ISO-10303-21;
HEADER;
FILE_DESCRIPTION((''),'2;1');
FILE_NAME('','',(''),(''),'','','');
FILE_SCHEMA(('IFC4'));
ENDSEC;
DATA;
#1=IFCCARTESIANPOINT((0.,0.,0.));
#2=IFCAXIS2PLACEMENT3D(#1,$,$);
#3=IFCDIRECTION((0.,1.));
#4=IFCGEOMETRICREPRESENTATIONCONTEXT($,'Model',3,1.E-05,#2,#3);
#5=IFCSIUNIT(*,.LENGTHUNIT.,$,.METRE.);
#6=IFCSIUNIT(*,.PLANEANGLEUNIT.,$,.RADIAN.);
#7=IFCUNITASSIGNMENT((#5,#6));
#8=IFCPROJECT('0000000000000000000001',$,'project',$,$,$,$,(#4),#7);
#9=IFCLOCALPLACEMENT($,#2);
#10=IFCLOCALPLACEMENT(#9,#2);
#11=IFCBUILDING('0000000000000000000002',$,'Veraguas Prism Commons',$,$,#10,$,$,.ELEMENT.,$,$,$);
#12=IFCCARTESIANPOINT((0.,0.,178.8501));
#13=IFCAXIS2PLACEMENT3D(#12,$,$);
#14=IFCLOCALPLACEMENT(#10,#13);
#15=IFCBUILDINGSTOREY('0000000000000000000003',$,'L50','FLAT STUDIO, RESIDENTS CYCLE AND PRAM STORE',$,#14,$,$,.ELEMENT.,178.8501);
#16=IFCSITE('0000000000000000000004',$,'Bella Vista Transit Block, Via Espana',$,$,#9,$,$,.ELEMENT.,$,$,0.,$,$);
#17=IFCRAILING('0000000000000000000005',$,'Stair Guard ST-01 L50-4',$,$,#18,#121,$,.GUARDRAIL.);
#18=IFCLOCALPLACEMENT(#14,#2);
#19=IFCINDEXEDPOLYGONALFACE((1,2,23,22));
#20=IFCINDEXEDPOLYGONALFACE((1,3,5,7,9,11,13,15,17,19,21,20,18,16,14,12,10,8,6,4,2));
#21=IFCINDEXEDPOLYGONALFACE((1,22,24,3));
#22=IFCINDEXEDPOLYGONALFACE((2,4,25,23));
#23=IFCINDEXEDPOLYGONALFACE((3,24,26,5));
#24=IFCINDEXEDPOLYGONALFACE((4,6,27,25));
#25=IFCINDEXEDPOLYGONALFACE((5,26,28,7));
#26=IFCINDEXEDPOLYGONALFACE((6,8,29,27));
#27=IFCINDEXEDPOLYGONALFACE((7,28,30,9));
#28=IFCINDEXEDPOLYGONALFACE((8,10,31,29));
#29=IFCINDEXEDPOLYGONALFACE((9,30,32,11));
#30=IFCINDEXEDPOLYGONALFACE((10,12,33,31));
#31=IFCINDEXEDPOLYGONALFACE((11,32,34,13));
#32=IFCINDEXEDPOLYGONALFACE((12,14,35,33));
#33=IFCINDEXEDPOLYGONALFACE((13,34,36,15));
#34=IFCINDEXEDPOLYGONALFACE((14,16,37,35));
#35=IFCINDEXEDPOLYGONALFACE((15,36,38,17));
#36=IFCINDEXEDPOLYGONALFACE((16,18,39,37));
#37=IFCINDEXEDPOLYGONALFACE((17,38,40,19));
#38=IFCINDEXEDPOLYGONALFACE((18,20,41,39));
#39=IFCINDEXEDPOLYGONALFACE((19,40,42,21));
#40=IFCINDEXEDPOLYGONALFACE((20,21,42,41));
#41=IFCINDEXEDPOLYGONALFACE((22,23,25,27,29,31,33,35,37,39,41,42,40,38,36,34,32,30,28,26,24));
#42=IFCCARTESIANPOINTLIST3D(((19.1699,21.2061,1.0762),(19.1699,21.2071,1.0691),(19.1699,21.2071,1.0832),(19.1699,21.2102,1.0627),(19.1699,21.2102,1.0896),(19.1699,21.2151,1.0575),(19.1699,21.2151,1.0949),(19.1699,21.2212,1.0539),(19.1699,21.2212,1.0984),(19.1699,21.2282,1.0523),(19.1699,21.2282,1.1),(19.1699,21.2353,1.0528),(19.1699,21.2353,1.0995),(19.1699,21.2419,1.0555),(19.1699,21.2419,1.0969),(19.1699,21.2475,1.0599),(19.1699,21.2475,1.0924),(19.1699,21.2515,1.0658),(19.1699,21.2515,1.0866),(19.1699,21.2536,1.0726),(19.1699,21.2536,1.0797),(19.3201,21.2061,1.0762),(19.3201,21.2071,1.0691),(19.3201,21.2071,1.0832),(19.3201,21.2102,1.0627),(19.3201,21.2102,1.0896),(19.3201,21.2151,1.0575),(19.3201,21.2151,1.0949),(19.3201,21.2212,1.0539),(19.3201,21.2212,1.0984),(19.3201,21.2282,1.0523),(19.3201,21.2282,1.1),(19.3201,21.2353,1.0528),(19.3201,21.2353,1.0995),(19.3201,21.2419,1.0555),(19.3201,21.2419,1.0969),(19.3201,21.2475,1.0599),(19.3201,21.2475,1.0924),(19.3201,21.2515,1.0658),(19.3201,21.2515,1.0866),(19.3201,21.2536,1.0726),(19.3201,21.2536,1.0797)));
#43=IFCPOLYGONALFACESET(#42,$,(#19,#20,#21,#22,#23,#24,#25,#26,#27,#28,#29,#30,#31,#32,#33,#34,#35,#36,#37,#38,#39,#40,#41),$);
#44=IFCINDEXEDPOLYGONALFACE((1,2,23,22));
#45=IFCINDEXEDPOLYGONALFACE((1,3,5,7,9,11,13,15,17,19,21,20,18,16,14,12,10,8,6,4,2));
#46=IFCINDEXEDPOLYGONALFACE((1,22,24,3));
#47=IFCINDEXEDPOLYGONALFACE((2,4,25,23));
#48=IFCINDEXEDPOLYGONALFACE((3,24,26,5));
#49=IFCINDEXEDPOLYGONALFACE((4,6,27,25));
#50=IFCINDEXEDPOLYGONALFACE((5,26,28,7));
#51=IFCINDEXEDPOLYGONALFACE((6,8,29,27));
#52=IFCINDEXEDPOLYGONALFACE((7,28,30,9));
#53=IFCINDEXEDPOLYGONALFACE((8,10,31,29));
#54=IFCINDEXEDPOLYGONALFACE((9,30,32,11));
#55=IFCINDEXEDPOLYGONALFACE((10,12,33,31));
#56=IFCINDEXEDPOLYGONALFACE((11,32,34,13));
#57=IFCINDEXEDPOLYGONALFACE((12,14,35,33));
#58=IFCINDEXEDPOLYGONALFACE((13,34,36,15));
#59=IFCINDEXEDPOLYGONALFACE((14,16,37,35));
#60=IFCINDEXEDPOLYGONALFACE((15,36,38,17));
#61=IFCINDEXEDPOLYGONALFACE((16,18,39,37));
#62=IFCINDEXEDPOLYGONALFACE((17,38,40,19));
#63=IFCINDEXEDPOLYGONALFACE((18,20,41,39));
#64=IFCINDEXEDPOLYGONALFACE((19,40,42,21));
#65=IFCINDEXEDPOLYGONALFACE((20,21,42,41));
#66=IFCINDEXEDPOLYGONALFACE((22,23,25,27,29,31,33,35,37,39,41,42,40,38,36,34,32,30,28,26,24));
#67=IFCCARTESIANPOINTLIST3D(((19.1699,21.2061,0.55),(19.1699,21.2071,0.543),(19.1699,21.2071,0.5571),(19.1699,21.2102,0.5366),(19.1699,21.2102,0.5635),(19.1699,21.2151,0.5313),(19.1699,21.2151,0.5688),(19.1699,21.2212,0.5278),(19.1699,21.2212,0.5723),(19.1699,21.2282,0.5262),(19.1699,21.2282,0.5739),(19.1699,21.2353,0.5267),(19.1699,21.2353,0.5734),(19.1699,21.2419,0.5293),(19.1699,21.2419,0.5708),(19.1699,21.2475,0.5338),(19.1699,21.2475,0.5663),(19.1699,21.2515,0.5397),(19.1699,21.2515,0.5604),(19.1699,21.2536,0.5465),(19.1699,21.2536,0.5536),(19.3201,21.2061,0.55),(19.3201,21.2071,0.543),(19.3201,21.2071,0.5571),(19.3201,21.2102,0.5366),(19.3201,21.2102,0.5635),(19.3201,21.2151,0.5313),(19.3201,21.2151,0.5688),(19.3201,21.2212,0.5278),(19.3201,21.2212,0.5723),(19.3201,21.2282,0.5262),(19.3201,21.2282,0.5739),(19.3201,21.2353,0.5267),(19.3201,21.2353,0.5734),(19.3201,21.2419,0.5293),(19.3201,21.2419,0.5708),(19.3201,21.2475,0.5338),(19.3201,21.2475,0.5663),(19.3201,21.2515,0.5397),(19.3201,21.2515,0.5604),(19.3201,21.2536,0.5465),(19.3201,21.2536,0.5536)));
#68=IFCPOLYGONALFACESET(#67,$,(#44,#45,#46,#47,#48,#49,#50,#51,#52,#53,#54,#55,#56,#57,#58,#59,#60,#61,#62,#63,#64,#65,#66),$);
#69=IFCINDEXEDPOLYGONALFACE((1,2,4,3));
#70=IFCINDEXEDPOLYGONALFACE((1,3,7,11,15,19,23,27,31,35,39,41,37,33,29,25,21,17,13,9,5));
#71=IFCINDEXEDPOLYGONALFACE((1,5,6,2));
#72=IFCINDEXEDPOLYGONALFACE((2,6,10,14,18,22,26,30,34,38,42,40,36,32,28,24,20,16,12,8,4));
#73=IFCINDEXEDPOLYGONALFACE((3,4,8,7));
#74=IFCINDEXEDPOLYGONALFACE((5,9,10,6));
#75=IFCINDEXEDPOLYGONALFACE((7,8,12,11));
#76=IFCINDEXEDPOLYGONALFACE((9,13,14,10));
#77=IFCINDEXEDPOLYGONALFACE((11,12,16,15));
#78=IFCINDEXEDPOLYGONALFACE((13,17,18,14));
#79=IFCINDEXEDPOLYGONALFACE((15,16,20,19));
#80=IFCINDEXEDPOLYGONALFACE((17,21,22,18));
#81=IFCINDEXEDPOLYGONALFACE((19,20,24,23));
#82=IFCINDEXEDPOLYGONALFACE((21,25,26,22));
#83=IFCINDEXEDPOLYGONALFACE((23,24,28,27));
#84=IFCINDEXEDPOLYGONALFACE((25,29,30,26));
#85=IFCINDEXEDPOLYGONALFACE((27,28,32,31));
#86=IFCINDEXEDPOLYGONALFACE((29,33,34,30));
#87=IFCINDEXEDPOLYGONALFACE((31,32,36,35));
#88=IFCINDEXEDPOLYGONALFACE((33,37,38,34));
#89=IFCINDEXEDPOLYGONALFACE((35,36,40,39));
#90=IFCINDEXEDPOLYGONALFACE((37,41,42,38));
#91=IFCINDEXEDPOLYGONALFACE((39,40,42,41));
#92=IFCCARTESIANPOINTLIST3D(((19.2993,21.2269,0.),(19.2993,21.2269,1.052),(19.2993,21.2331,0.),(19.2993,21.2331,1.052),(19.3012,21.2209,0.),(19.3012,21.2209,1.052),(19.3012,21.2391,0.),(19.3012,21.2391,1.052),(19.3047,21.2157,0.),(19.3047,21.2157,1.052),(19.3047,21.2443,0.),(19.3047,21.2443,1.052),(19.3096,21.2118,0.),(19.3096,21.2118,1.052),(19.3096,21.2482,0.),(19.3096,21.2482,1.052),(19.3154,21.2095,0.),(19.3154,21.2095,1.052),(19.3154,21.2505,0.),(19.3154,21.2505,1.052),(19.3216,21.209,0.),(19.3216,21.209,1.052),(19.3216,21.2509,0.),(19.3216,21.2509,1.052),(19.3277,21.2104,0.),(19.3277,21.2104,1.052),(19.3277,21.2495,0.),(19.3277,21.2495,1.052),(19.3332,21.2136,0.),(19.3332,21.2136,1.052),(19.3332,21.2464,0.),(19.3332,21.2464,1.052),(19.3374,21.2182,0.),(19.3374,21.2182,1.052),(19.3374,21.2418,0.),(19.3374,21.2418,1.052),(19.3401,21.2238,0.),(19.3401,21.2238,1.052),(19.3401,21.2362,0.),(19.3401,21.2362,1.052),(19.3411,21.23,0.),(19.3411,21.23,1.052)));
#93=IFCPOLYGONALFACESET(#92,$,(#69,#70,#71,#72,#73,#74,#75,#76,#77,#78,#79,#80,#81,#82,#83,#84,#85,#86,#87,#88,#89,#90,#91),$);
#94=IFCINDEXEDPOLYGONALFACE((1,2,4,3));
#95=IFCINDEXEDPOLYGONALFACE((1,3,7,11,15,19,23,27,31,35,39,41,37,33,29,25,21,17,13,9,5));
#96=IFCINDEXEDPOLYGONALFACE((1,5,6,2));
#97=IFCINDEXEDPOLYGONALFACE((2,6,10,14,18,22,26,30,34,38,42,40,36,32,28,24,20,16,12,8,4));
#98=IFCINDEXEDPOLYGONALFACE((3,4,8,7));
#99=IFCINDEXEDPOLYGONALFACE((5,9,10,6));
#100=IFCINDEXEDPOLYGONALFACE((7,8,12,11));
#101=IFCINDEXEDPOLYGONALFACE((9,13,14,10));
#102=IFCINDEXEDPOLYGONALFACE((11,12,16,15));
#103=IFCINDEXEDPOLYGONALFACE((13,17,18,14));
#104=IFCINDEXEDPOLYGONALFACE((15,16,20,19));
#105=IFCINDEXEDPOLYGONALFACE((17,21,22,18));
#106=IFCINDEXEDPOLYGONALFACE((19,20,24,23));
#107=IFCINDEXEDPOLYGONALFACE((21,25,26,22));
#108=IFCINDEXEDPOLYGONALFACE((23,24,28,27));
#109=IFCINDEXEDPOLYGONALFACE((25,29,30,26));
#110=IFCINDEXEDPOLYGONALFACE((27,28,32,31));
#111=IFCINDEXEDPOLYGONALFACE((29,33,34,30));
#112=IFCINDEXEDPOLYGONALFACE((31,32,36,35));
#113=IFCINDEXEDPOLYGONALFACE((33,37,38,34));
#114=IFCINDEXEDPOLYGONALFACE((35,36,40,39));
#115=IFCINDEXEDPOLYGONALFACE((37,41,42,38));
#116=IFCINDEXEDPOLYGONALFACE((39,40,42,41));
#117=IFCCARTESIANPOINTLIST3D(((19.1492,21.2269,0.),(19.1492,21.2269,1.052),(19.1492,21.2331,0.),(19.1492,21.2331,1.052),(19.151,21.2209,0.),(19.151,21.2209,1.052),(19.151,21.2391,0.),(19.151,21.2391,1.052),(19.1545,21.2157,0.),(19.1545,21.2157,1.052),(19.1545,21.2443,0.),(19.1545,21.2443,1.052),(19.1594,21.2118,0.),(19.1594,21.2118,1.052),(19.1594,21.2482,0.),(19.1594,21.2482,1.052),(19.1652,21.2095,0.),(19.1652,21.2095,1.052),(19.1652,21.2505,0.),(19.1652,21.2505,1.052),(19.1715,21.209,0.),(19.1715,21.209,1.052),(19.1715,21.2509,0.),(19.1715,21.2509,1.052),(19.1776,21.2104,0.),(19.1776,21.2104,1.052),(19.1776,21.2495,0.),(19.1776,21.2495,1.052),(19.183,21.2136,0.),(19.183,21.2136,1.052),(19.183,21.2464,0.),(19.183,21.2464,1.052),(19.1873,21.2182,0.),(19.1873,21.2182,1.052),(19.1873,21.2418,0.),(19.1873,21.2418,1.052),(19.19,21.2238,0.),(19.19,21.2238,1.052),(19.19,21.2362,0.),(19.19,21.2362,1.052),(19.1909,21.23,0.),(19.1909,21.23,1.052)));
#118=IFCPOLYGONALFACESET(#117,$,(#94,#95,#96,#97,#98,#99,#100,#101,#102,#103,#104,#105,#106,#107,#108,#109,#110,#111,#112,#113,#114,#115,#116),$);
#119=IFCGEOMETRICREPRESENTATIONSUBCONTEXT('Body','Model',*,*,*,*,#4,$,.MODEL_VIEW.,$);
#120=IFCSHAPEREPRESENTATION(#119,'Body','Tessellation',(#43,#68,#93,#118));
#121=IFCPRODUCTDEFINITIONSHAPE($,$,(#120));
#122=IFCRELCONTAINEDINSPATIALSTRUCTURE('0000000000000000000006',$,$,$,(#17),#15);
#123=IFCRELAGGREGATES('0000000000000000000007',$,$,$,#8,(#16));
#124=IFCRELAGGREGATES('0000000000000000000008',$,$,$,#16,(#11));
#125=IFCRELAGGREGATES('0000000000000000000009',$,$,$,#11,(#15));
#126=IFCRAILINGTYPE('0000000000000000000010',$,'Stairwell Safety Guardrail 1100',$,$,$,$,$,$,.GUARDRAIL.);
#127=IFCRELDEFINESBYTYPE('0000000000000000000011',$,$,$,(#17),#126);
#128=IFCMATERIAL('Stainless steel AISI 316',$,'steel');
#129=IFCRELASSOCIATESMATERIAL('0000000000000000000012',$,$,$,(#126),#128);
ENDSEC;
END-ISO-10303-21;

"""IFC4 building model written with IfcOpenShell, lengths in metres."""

from ifc_helpers import new_model, si_unit, direction, frame, origin, origin_2d, place, context, subcontext, project, spatial, circle, extrude, material, type_object, element, save


model = new_model("IFC4")

# Units and contexts
model_context = context("Model", 3, precision=1e-05, world=origin(), true_north=direction((0.0, 1.0)))
body_context = subcontext(model_context, "Body", "Model", "MODEL_VIEW")
ifc_project = project(units=[si_unit("LENGTHUNIT", "METRE"), si_unit("PLANEANGLEUNIT", "RADIAN")], contexts=[model_context])

# Site, building, storey
site_placement = place(None, origin())
site = spatial("IfcSite", under=ifc_project, at=site_placement, Name="Bella Vista Transit Block, Via Espana", CompositionType="ELEMENT", RefElevation=0.0)
building_placement = place(site_placement, origin())
building = spatial("IfcBuilding", under=site, at=building_placement, Name="Veraguas Prism Commons", CompositionType="ELEMENT")
storey_placement = place(building_placement, frame((0.0, 0.0, 178.8501)))
storey = spatial("IfcBuildingStorey", under=building, at=storey_placement, Name="L50", Description="FLAT STUDIO, RESIDENTS CYCLE AND PRAM STORE", CompositionType="ELEMENT", Elevation=178.8501)

# Shared definitions
ifc_material_1 = material(Name="Stainless steel AISI 316", Category="steel")

# Railing
railing_type_1 = type_object("IfcRailingType", Name="Stairwell Safety Guardrail 1100", PredefinedType="GUARDRAIL", material=ifc_material_1)
railing_1_placement = place(storey_placement, frame((19.3201, 21.23, 0.0)))
element("IfcRailing", 1, at=railing_1_placement, inside=storey, type_object=railing_type_1, Name="Stair Guard ST-01 L50-4", PredefinedType="GUARDRAIL", context=body_context, shape_type="SweptSolid", body=[
    extrude(circle(Radius=0.0239, at=origin_2d()), frame((0.0, 0.0, 1.0762), z_axis=(-1.0, 0.0, 0.0), x_axis=(0.0, -1.0, 0.0)), (0.0, 0.0, 1.0), 0.1501),
    extrude(circle(Radius=0.0239, at=origin_2d()), frame((0.0, 0.0, 0.55), z_axis=(-1.0, 0.0, 0.0), x_axis=(0.0, -1.0, 0.0)), (0.0, 0.0, 1.0), 0.1501),
    extrude(circle(Radius=0.021, at=origin_2d()), origin(), (0.0, 0.0, 1.0), 1.052),
    extrude(circle(Radius=0.021, at=origin_2d()), frame((-0.1501, 0.0, 0.0)), (0.0, 0.0, 1.0), 1.052),
])

save(model, "model.ifc")
